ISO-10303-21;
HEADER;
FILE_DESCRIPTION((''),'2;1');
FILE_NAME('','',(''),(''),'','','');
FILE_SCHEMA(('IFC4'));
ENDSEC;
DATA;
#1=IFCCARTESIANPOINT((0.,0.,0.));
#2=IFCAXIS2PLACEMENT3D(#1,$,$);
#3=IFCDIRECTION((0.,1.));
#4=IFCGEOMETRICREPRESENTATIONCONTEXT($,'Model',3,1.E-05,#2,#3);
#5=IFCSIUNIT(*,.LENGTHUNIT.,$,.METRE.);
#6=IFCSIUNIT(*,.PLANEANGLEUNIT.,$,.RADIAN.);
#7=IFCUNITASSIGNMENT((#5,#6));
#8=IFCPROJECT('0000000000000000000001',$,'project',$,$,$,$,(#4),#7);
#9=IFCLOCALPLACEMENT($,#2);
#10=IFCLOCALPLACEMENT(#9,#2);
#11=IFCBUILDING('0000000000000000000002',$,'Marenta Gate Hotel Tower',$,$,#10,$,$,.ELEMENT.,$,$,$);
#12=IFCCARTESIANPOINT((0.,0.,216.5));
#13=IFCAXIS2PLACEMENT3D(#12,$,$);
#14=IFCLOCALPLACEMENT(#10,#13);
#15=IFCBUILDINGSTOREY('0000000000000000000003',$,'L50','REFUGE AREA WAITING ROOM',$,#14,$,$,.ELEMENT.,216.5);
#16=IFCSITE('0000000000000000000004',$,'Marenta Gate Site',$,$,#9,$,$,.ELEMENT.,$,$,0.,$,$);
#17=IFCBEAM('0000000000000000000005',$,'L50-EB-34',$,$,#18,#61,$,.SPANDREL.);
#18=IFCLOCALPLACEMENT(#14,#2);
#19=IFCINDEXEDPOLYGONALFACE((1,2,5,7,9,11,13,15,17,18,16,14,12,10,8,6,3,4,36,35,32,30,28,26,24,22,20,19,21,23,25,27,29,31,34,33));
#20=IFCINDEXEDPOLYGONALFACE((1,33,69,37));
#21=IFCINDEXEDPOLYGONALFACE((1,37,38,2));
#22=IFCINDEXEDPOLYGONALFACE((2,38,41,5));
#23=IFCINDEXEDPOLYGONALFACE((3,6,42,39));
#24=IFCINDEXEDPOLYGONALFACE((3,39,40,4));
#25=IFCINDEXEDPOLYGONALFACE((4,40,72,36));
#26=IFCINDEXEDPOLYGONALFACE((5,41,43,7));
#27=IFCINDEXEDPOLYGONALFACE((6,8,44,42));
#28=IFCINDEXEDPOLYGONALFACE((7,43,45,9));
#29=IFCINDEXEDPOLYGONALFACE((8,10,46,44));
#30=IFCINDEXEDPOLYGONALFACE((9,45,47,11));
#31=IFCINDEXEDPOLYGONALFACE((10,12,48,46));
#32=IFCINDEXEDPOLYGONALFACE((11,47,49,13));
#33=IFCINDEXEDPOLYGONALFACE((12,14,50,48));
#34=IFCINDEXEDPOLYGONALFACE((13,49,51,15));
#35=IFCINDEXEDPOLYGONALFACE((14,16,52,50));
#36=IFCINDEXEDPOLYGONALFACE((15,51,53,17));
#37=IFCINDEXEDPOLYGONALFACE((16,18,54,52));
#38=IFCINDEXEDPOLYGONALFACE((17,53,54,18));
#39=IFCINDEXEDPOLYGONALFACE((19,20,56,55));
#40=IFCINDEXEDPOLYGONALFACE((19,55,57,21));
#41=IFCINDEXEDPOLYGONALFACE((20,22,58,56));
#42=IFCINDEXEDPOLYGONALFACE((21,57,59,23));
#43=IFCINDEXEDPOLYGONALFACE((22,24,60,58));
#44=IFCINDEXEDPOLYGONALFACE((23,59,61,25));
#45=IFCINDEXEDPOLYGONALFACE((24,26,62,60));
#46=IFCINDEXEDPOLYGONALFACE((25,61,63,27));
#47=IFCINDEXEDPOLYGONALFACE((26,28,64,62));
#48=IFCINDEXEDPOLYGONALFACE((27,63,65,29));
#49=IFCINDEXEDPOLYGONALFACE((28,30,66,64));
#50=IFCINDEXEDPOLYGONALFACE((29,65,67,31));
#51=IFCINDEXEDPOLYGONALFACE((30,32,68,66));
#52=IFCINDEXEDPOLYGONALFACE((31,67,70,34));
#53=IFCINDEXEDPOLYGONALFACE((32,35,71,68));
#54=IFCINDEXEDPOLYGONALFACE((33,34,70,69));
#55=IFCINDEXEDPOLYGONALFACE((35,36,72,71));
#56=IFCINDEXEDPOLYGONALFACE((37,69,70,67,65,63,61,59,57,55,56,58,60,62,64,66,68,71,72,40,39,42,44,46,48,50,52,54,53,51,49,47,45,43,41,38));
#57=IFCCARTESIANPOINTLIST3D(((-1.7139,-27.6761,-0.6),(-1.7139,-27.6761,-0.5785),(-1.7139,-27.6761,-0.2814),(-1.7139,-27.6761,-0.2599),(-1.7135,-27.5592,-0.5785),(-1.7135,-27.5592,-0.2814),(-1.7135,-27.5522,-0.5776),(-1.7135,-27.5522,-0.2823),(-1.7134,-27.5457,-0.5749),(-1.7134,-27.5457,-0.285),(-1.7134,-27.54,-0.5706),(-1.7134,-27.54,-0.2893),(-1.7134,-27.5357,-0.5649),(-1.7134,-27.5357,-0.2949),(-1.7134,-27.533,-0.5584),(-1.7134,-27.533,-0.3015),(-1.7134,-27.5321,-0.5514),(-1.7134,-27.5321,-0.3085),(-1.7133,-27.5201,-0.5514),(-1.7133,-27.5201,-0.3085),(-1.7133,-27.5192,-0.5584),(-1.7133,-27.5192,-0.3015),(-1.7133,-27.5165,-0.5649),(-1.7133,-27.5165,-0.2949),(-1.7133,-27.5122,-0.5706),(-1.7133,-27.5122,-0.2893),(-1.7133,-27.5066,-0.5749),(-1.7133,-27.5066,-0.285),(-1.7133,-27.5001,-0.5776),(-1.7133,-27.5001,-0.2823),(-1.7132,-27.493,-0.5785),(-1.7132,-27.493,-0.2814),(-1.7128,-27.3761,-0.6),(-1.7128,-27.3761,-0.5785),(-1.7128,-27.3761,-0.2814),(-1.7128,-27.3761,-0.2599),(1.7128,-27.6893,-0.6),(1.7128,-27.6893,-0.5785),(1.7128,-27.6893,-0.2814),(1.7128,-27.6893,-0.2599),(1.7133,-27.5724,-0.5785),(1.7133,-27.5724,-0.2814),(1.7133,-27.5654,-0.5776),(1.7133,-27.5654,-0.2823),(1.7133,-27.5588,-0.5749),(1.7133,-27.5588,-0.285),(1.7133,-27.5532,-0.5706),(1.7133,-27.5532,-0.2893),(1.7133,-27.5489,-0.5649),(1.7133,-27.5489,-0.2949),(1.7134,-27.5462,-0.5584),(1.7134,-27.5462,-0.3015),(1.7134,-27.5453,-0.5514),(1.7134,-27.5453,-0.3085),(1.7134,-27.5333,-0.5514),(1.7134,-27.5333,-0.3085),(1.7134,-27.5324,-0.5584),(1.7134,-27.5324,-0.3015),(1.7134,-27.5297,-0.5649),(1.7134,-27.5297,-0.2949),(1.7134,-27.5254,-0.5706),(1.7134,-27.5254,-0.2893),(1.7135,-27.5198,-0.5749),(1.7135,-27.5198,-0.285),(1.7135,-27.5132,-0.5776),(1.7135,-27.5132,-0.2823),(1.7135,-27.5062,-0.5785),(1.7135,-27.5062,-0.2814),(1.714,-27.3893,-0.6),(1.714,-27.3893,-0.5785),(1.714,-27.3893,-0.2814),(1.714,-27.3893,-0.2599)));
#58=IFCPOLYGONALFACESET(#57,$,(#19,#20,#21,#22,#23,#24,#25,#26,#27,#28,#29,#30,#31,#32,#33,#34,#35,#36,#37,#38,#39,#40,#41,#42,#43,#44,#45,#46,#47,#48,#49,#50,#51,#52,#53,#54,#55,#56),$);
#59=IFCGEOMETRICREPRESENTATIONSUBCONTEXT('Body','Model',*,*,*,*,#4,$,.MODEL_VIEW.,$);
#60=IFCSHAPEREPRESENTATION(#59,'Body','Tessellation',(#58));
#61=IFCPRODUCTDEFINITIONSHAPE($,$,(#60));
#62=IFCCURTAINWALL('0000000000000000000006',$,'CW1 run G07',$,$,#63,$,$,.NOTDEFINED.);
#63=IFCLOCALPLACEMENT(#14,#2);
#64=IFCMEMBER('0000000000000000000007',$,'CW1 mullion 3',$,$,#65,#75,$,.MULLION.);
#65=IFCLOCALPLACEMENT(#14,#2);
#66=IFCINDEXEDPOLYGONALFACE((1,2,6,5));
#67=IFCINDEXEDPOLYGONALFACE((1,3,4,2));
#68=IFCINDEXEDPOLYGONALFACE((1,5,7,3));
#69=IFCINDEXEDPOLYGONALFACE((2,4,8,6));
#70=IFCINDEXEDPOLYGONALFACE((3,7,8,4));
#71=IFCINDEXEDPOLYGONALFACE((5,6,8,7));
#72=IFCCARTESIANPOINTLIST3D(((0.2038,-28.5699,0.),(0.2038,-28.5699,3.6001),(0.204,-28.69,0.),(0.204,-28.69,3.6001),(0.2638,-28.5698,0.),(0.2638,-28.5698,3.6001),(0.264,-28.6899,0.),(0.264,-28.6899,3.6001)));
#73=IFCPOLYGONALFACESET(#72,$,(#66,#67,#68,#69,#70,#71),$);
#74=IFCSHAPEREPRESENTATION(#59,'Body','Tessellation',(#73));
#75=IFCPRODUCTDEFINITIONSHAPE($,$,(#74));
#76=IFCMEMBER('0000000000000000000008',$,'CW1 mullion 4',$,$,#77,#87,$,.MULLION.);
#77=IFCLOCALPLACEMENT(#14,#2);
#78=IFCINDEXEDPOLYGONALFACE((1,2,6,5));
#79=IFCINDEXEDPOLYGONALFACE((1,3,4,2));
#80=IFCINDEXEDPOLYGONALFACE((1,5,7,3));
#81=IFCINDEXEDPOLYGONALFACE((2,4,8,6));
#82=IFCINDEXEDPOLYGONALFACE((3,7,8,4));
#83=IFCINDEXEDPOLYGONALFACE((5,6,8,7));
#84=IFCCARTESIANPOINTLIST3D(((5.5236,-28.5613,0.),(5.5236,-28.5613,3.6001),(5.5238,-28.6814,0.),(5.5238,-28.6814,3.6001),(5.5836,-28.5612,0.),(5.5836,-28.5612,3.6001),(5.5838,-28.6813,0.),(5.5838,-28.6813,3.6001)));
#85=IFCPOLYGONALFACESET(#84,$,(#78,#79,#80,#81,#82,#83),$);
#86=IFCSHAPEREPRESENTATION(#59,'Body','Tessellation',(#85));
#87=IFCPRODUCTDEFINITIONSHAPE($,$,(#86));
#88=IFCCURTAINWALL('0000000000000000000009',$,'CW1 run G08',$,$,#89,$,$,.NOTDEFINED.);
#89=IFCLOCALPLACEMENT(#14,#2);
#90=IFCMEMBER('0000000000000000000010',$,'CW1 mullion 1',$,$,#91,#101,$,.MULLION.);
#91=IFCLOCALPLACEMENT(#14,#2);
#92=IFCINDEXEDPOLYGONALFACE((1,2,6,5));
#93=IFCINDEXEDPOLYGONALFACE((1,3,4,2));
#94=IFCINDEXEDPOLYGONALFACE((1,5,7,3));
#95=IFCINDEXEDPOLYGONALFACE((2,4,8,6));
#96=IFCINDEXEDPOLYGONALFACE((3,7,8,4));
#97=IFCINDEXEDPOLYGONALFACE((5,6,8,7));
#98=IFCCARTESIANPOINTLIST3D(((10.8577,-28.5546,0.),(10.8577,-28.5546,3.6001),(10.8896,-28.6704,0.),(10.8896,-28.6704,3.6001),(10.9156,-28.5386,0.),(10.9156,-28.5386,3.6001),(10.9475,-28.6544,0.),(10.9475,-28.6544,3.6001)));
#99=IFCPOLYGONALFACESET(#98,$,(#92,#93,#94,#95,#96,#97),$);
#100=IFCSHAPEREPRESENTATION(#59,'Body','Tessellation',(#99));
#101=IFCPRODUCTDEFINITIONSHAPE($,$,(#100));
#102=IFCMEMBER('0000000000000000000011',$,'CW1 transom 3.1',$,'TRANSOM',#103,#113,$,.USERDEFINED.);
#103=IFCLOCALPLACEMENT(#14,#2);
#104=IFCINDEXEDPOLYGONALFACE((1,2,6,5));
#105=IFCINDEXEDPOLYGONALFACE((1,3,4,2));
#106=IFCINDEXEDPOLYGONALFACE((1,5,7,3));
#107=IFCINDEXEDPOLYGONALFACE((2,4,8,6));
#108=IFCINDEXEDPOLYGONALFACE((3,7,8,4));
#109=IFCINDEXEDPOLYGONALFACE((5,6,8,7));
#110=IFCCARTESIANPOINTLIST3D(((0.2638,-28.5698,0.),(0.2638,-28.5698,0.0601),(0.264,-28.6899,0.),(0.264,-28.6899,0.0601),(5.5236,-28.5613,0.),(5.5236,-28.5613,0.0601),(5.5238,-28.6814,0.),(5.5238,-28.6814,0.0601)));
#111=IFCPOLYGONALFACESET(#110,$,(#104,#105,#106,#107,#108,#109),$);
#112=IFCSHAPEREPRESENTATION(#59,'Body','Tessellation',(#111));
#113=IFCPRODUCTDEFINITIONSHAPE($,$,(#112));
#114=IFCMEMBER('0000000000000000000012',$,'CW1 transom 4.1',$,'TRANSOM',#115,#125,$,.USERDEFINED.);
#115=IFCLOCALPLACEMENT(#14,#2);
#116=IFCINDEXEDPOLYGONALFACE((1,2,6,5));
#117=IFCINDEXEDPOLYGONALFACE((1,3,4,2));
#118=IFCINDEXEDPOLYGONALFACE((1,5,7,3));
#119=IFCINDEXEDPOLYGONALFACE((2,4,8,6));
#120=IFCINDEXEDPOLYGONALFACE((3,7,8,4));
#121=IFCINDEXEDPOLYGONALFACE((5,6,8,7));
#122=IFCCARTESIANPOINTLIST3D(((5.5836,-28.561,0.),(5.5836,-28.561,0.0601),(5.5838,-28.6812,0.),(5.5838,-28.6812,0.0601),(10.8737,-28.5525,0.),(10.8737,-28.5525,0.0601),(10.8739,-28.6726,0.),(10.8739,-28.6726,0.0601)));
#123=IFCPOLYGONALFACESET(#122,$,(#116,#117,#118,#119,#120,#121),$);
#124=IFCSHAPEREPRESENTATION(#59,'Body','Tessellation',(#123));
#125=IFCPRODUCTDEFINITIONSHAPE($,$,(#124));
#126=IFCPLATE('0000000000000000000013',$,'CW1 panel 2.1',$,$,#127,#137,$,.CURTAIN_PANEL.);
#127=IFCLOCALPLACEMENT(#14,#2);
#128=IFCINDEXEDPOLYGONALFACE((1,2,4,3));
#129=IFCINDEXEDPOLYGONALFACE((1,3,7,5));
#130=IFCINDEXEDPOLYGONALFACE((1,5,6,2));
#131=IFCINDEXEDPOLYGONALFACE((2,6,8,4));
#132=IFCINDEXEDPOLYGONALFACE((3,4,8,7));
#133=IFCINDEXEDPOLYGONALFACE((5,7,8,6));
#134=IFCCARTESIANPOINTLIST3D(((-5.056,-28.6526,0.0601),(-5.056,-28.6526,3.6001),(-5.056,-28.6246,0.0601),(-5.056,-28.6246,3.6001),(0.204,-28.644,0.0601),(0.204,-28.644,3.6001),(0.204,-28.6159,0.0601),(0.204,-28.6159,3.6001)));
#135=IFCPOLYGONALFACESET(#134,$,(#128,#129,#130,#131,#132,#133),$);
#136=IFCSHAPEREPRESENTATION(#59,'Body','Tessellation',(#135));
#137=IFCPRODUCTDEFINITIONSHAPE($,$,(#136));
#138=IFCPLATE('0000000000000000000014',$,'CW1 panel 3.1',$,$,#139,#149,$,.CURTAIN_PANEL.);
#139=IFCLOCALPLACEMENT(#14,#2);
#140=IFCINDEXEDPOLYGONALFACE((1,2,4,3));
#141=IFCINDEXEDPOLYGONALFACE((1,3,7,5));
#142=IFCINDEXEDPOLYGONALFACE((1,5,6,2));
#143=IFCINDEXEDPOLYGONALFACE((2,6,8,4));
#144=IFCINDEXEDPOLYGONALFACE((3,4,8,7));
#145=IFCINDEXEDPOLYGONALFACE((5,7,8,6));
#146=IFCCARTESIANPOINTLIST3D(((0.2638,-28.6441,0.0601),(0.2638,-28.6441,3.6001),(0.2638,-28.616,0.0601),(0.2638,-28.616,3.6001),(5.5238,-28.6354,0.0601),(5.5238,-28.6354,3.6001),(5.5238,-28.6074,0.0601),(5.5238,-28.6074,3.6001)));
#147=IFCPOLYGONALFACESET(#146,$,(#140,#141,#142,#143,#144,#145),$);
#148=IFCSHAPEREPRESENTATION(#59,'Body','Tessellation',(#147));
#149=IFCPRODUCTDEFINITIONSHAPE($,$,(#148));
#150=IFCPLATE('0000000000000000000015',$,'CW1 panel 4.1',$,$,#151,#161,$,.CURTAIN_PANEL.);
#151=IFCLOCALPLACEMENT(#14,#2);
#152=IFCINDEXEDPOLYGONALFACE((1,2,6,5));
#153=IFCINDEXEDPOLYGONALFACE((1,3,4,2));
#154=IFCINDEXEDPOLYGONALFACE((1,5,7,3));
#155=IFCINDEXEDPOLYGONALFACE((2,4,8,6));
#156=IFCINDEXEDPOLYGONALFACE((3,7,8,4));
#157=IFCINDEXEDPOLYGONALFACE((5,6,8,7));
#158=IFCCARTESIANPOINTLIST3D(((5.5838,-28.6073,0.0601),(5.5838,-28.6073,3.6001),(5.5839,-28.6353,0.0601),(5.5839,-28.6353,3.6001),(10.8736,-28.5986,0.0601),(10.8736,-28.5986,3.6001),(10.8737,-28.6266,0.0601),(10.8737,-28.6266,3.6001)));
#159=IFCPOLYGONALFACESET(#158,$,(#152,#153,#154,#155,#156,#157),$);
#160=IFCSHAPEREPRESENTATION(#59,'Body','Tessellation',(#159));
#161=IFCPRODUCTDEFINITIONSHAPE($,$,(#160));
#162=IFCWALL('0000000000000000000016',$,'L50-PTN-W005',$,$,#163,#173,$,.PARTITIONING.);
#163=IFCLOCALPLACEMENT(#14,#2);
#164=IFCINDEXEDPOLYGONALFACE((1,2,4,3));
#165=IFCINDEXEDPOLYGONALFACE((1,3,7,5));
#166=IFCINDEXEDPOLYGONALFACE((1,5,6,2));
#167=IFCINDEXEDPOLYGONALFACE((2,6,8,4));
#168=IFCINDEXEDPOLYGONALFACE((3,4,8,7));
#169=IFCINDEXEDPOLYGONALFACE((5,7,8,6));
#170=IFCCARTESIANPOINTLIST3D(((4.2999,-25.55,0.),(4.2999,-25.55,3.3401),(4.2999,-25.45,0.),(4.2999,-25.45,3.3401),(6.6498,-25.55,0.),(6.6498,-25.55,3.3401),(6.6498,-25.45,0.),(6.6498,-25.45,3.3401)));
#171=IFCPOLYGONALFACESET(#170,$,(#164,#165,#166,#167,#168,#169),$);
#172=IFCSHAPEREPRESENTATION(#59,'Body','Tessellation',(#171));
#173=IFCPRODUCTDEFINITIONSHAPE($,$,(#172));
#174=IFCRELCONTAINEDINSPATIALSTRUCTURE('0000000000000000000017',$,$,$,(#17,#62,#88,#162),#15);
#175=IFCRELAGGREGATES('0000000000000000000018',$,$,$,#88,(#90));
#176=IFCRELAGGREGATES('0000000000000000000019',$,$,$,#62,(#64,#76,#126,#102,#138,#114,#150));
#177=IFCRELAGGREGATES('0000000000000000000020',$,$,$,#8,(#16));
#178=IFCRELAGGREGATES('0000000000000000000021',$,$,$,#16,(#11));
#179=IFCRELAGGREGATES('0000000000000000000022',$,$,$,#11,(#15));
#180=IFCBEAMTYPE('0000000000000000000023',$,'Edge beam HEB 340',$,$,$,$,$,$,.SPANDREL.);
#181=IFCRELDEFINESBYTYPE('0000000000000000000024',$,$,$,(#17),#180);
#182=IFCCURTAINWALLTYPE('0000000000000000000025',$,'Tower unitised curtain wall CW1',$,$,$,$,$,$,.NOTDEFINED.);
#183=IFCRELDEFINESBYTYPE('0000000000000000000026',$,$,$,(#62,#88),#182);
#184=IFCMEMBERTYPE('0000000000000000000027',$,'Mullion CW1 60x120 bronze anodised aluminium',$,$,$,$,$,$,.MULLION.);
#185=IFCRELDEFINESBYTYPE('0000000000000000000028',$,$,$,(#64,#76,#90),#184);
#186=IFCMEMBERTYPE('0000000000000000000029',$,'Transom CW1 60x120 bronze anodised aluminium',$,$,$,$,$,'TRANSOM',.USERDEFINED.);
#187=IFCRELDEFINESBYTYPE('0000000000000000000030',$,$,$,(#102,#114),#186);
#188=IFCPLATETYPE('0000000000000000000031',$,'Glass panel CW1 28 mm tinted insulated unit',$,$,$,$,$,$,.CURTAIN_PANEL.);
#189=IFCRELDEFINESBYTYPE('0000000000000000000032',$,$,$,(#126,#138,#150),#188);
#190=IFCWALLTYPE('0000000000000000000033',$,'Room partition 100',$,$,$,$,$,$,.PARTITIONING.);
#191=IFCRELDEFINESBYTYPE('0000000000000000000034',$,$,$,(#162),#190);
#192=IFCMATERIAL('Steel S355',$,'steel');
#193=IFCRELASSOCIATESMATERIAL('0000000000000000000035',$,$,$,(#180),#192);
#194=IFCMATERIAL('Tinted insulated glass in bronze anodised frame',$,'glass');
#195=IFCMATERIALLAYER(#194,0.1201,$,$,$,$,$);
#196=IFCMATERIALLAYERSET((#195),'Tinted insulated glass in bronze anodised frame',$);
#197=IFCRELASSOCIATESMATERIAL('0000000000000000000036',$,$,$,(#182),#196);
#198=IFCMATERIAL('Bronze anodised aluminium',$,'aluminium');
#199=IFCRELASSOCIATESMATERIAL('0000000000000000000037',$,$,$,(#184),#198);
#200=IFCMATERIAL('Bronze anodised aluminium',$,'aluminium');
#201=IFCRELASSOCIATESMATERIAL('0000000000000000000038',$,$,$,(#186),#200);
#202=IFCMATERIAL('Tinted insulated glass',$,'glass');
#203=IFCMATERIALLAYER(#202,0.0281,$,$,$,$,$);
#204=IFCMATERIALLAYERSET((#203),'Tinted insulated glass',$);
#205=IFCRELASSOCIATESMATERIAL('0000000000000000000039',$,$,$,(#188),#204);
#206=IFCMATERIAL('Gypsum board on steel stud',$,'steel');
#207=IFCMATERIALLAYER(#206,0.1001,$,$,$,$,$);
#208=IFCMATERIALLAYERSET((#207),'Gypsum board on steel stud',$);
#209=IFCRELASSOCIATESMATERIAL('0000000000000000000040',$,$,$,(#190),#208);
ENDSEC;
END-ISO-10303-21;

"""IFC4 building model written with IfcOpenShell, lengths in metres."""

from ifc_helpers import new_model, si_unit, direction, frame, frame_2d, origin, origin_2d, place, context, subcontext, project, spatial, rectangle, i_section, extrude, material, layer, layer_set, material_profile, profile_set, type_object, element, aggregate, save


model = new_model("IFC4")

# Units and contexts
model_context = context("Model", 3, precision=1e-05, world=origin(), true_north=direction((0.0, 1.0)))
body_context = subcontext(model_context, "Body", "Model", "MODEL_VIEW")
ifc_project = project(units=[si_unit("LENGTHUNIT", "METRE"), si_unit("PLANEANGLEUNIT", "RADIAN")], contexts=[model_context])

# Site, building, storey
site_placement = place(None, origin())
site = spatial("IfcSite", under=ifc_project, at=site_placement, Name="Marenta Gate Site", CompositionType="ELEMENT", RefElevation=0.0)
building_placement = place(site_placement, origin())
building = spatial("IfcBuilding", under=site, at=building_placement, Name="Marenta Gate Hotel Tower", CompositionType="ELEMENT")
storey_placement = place(building_placement, frame((0.0, 0.0, 216.5)))
storey = spatial("IfcBuildingStorey", under=building, at=storey_placement, Name="L50", Description="REFUGE AREA WAITING ROOM", CompositionType="ELEMENT", Elevation=216.5)

# Beam
ifc_material_1 = material(Name="Steel S355", Category="steel")
ifc_material_profile_1 = material_profile(ifc_material_1, i_section(OverallWidth=0.3, OverallDepth=0.3401, WebThickness=0.012, FlangeThickness=0.0215, FilletRadius=0.0271, at=origin_2d()), Name="HEB 340")
ifc_profile_set_1 = profile_set([ifc_material_profile_1], Name="Steel S355")
beam_type = type_object("IfcBeamType", Name="Edge beam HEB 340", PredefinedType="SPANDREL", material=ifc_profile_set_1)
for number, where, z_axis, x_axis, name in (
    (1, (1.7134, -27.5393, -0.4299), (-0.999993, 0.003847, 0.0), (-0.003847, -0.999993, 0.0), "L50-EB-34"),
):
    element("IfcBeam", number, at=place(storey_placement, frame(where, z_axis=z_axis, x_axis=x_axis)), inside=storey, type_object=beam_type, Name=name, PredefinedType="SPANDREL", context=body_context, shape_type="SweptSolid", body=[
        extrude(i_section(OverallWidth=0.3, OverallDepth=0.3401, WebThickness=0.012, FlangeThickness=0.0215, FilletRadius=0.0271, at=origin_2d()), origin(), (0.0, 0.0, 1.0), 3.4268),
    ])

# Curtain wall, members
ifc_material_2 = material(Name="Tinted insulated glass in bronze anodised frame", Category="glass")
ifc_layer_1 = layer(ifc_material_2, 0.1201)
ifc_layer_set_1 = layer_set([ifc_layer_1], Name="Tinted insulated glass in bronze anodised frame")
curtain_wall_type = type_object("IfcCurtainWallType", Name="Tower unitised curtain wall CW1", PredefinedType="NOTDEFINED", material=ifc_layer_set_1)
curtain_wall_1_placement = place(storey_placement, origin())
curtain_wall_1 = element("IfcCurtainWall", 2, at=curtain_wall_1_placement, inside=storey, type_object=curtain_wall_type, Name="CW1 run G07", PredefinedType="NOTDEFINED")
ifc_material_3 = material(Name="Bronze anodised aluminium", Category="aluminium")
ifc_material_profile_2 = material_profile(ifc_material_3, rectangle(XDim=0.1201, YDim=0.0601, at=origin_2d()), Name="Mullion CW1 60x120 bronze anodised aluminium")
ifc_profile_set_2 = profile_set([ifc_material_profile_2], Name="Bronze anodised aluminium")
member_type_1 = type_object("IfcMemberType", Name="Mullion CW1 60x120 bronze anodised aluminium", PredefinedType="MULLION", material=ifc_profile_set_2)
member_1_placement = place(storey_placement, frame((0.2339, -28.6299, 0.0), z_axis=(0.0, 0.0, 1.0), x_axis=(-0.001645, 0.999999, 0.0)))
member_1 = element("IfcMember", 3, at=member_1_placement, type_object=member_type_1, Name="CW1 mullion 3", PredefinedType="MULLION", context=body_context, shape_type="SweptSolid", body=[
    extrude(rectangle(XDim=0.1201, YDim=0.0601, at=origin_2d()), origin(), (0.0, 0.0, 1.0), 3.6001),
])
member_2_placement = place(storey_placement, frame((5.5537, -28.6213, 0.0), z_axis=(0.0, 0.0, 1.0), x_axis=(-0.001645, 0.999999, 0.0)))
member_2 = element("IfcMember", 4, at=member_2_placement, type_object=member_type_1, Name="CW1 mullion 4", PredefinedType="MULLION", context=body_context, shape_type="SweptSolid", body=[
    extrude(rectangle(XDim=0.1201, YDim=0.0601, at=origin_2d()), origin(), (0.0, 0.0, 1.0), 3.6001),
])

# Curtain wall, member
curtain_wall_2_placement = place(storey_placement, origin())
curtain_wall_2 = element("IfcCurtainWall", 5, at=curtain_wall_2_placement, inside=storey, type_object=curtain_wall_type, Name="CW1 run G08", PredefinedType="NOTDEFINED")
member_3_placement = place(storey_placement, frame((10.9026, -28.6045, 0.0), z_axis=(0.0, 0.0, 1.0), x_axis=(-0.265293, 0.964168, 0.0)))
member_3 = element("IfcMember", 6, at=member_3_placement, type_object=member_type_1, Name="CW1 mullion 1", PredefinedType="MULLION", context=body_context, shape_type="SweptSolid", body=[
    extrude(rectangle(XDim=0.1201, YDim=0.0601, at=origin_2d()), origin(), (0.0, 0.0, 1.0), 3.6001),
])
aggregate(curtain_wall_2, [member_3])

# Members
ifc_material_4 = material(Name="Bronze anodised aluminium", Category="aluminium")
ifc_material_profile_3 = material_profile(ifc_material_4, rectangle(XDim=0.1201, YDim=0.0601, at=origin_2d()), Name="Transom CW1 60x120 bronze anodised aluminium")
ifc_profile_set_3 = profile_set([ifc_material_profile_3], Name="Bronze anodised aluminium")
member_type_2 = type_object("IfcMemberType", Name="Transom CW1 60x120 bronze anodised aluminium", ElementType="TRANSOM", PredefinedType="USERDEFINED", material=ifc_profile_set_3)
member_4_placement = place(storey_placement, frame((0.2639, -28.6299, 0.03), z_axis=(0.999999, 0.001625, 0.0), x_axis=(-0.001625, 0.999999, 0.0)))
member_4 = element("IfcMember", 7, at=member_4_placement, type_object=member_type_2, Name="CW1 transom 3.1", ObjectType="TRANSOM", PredefinedType="USERDEFINED", context=body_context, shape_type="SweptSolid", body=[
    extrude(rectangle(XDim=0.1201, YDim=0.0601, at=origin_2d()), origin(), (0.0, 0.0, 1.0), 5.2598),
])
member_5_placement = place(storey_placement, frame((5.5837, -28.6211, 0.03), z_axis=(0.999999, 0.001615, 0.0), x_axis=(-0.001615, 0.999999, 0.0)))
member_5 = element("IfcMember", 8, at=member_5_placement, type_object=member_type_2, Name="CW1 transom 4.1", ObjectType="TRANSOM", PredefinedType="USERDEFINED", context=body_context, shape_type="SweptSolid", body=[
    extrude(rectangle(XDim=0.1201, YDim=0.0601, at=origin_2d()), origin(), (0.0, 0.0, 1.0), 5.29),
])

# Plates
ifc_material_5 = material(Name="Tinted insulated glass", Category="glass")
ifc_layer_2 = layer(ifc_material_5, 0.0281)
ifc_layer_set_2 = layer_set([ifc_layer_2], Name="Tinted insulated glass")
plate_type = type_object("IfcPlateType", Name="Glass panel CW1 28 mm tinted insulated unit", PredefinedType="CURTAIN_PANEL", material=ifc_layer_set_2)
plate_1_placement = place(storey_placement, frame((-2.426, -28.6343, 0.0601), z_axis=(0.0, 0.0, 1.0), x_axis=(0.999999, 0.001645, 0.0)))
plate_1 = element("IfcPlate", 9, at=plate_1_placement, type_object=plate_type, Name="CW1 panel 2.1", PredefinedType="CURTAIN_PANEL", context=body_context, shape_type="SweptSolid", body=[
    extrude(rectangle(XDim=5.26, YDim=0.0281, at=origin_2d()), origin(), (0.0, 0.0, 1.0), 3.54),
])
plate_2_placement = place(storey_placement, frame((2.8938, -28.6257, 0.0601), z_axis=(0.0, 0.0, 1.0), x_axis=(0.999999, 0.001645, 0.0)))
plate_2 = element("IfcPlate", 10, at=plate_2_placement, type_object=plate_type, Name="CW1 panel 3.1", PredefinedType="CURTAIN_PANEL", context=body_context, shape_type="SweptSolid", body=[
    extrude(rectangle(XDim=5.26, YDim=0.0281, at=origin_2d()), origin(), (0.0, 0.0, 1.0), 3.54),
])
plate_3_placement = place(storey_placement, frame((8.2288, -28.6169, 0.0601), z_axis=(0.0, 0.0, 1.0), x_axis=(0.999999, 0.001645, 0.0)))
plate_3 = element("IfcPlate", 11, at=plate_3_placement, type_object=plate_type, Name="CW1 panel 4.1", PredefinedType="CURTAIN_PANEL", context=body_context, shape_type="SweptSolid", body=[
    extrude(rectangle(XDim=5.2898, YDim=0.0281, at=origin_2d()), origin(), (0.0, 0.0, 1.0), 3.54),
])
aggregate(curtain_wall_1, [member_1, member_2, plate_1, member_4, plate_2, member_5, plate_3])

# Wall
ifc_material_6 = material(Name="Gypsum board on steel stud", Category="steel")
ifc_layer_3 = layer(ifc_material_6, 0.1001)
ifc_layer_set_3 = layer_set([ifc_layer_3], Name="Gypsum board on steel stud")
wall_type_1 = type_object("IfcWallType", Name="Room partition 100", PredefinedType="PARTITIONING", material=ifc_layer_set_3)
wall_1_placement = place(storey_placement, frame((4.3, -25.5, 0.0), z_axis=(0.0, 0.0, 1.0), x_axis=(1.0, 0.0, 0.0)))
element("IfcWall", 12, at=wall_1_placement, inside=storey, type_object=wall_type_1, Name="L50-PTN-W005", PredefinedType="PARTITIONING", context=body_context, shape_type="SweptSolid", body=[
    extrude(rectangle(XDim=2.3499, YDim=0.1001, at=frame_2d((1.1748, 0.0))), origin(), (0.0, 0.0, 1.0), 3.3401),
])

save(model, "model.ifc")
